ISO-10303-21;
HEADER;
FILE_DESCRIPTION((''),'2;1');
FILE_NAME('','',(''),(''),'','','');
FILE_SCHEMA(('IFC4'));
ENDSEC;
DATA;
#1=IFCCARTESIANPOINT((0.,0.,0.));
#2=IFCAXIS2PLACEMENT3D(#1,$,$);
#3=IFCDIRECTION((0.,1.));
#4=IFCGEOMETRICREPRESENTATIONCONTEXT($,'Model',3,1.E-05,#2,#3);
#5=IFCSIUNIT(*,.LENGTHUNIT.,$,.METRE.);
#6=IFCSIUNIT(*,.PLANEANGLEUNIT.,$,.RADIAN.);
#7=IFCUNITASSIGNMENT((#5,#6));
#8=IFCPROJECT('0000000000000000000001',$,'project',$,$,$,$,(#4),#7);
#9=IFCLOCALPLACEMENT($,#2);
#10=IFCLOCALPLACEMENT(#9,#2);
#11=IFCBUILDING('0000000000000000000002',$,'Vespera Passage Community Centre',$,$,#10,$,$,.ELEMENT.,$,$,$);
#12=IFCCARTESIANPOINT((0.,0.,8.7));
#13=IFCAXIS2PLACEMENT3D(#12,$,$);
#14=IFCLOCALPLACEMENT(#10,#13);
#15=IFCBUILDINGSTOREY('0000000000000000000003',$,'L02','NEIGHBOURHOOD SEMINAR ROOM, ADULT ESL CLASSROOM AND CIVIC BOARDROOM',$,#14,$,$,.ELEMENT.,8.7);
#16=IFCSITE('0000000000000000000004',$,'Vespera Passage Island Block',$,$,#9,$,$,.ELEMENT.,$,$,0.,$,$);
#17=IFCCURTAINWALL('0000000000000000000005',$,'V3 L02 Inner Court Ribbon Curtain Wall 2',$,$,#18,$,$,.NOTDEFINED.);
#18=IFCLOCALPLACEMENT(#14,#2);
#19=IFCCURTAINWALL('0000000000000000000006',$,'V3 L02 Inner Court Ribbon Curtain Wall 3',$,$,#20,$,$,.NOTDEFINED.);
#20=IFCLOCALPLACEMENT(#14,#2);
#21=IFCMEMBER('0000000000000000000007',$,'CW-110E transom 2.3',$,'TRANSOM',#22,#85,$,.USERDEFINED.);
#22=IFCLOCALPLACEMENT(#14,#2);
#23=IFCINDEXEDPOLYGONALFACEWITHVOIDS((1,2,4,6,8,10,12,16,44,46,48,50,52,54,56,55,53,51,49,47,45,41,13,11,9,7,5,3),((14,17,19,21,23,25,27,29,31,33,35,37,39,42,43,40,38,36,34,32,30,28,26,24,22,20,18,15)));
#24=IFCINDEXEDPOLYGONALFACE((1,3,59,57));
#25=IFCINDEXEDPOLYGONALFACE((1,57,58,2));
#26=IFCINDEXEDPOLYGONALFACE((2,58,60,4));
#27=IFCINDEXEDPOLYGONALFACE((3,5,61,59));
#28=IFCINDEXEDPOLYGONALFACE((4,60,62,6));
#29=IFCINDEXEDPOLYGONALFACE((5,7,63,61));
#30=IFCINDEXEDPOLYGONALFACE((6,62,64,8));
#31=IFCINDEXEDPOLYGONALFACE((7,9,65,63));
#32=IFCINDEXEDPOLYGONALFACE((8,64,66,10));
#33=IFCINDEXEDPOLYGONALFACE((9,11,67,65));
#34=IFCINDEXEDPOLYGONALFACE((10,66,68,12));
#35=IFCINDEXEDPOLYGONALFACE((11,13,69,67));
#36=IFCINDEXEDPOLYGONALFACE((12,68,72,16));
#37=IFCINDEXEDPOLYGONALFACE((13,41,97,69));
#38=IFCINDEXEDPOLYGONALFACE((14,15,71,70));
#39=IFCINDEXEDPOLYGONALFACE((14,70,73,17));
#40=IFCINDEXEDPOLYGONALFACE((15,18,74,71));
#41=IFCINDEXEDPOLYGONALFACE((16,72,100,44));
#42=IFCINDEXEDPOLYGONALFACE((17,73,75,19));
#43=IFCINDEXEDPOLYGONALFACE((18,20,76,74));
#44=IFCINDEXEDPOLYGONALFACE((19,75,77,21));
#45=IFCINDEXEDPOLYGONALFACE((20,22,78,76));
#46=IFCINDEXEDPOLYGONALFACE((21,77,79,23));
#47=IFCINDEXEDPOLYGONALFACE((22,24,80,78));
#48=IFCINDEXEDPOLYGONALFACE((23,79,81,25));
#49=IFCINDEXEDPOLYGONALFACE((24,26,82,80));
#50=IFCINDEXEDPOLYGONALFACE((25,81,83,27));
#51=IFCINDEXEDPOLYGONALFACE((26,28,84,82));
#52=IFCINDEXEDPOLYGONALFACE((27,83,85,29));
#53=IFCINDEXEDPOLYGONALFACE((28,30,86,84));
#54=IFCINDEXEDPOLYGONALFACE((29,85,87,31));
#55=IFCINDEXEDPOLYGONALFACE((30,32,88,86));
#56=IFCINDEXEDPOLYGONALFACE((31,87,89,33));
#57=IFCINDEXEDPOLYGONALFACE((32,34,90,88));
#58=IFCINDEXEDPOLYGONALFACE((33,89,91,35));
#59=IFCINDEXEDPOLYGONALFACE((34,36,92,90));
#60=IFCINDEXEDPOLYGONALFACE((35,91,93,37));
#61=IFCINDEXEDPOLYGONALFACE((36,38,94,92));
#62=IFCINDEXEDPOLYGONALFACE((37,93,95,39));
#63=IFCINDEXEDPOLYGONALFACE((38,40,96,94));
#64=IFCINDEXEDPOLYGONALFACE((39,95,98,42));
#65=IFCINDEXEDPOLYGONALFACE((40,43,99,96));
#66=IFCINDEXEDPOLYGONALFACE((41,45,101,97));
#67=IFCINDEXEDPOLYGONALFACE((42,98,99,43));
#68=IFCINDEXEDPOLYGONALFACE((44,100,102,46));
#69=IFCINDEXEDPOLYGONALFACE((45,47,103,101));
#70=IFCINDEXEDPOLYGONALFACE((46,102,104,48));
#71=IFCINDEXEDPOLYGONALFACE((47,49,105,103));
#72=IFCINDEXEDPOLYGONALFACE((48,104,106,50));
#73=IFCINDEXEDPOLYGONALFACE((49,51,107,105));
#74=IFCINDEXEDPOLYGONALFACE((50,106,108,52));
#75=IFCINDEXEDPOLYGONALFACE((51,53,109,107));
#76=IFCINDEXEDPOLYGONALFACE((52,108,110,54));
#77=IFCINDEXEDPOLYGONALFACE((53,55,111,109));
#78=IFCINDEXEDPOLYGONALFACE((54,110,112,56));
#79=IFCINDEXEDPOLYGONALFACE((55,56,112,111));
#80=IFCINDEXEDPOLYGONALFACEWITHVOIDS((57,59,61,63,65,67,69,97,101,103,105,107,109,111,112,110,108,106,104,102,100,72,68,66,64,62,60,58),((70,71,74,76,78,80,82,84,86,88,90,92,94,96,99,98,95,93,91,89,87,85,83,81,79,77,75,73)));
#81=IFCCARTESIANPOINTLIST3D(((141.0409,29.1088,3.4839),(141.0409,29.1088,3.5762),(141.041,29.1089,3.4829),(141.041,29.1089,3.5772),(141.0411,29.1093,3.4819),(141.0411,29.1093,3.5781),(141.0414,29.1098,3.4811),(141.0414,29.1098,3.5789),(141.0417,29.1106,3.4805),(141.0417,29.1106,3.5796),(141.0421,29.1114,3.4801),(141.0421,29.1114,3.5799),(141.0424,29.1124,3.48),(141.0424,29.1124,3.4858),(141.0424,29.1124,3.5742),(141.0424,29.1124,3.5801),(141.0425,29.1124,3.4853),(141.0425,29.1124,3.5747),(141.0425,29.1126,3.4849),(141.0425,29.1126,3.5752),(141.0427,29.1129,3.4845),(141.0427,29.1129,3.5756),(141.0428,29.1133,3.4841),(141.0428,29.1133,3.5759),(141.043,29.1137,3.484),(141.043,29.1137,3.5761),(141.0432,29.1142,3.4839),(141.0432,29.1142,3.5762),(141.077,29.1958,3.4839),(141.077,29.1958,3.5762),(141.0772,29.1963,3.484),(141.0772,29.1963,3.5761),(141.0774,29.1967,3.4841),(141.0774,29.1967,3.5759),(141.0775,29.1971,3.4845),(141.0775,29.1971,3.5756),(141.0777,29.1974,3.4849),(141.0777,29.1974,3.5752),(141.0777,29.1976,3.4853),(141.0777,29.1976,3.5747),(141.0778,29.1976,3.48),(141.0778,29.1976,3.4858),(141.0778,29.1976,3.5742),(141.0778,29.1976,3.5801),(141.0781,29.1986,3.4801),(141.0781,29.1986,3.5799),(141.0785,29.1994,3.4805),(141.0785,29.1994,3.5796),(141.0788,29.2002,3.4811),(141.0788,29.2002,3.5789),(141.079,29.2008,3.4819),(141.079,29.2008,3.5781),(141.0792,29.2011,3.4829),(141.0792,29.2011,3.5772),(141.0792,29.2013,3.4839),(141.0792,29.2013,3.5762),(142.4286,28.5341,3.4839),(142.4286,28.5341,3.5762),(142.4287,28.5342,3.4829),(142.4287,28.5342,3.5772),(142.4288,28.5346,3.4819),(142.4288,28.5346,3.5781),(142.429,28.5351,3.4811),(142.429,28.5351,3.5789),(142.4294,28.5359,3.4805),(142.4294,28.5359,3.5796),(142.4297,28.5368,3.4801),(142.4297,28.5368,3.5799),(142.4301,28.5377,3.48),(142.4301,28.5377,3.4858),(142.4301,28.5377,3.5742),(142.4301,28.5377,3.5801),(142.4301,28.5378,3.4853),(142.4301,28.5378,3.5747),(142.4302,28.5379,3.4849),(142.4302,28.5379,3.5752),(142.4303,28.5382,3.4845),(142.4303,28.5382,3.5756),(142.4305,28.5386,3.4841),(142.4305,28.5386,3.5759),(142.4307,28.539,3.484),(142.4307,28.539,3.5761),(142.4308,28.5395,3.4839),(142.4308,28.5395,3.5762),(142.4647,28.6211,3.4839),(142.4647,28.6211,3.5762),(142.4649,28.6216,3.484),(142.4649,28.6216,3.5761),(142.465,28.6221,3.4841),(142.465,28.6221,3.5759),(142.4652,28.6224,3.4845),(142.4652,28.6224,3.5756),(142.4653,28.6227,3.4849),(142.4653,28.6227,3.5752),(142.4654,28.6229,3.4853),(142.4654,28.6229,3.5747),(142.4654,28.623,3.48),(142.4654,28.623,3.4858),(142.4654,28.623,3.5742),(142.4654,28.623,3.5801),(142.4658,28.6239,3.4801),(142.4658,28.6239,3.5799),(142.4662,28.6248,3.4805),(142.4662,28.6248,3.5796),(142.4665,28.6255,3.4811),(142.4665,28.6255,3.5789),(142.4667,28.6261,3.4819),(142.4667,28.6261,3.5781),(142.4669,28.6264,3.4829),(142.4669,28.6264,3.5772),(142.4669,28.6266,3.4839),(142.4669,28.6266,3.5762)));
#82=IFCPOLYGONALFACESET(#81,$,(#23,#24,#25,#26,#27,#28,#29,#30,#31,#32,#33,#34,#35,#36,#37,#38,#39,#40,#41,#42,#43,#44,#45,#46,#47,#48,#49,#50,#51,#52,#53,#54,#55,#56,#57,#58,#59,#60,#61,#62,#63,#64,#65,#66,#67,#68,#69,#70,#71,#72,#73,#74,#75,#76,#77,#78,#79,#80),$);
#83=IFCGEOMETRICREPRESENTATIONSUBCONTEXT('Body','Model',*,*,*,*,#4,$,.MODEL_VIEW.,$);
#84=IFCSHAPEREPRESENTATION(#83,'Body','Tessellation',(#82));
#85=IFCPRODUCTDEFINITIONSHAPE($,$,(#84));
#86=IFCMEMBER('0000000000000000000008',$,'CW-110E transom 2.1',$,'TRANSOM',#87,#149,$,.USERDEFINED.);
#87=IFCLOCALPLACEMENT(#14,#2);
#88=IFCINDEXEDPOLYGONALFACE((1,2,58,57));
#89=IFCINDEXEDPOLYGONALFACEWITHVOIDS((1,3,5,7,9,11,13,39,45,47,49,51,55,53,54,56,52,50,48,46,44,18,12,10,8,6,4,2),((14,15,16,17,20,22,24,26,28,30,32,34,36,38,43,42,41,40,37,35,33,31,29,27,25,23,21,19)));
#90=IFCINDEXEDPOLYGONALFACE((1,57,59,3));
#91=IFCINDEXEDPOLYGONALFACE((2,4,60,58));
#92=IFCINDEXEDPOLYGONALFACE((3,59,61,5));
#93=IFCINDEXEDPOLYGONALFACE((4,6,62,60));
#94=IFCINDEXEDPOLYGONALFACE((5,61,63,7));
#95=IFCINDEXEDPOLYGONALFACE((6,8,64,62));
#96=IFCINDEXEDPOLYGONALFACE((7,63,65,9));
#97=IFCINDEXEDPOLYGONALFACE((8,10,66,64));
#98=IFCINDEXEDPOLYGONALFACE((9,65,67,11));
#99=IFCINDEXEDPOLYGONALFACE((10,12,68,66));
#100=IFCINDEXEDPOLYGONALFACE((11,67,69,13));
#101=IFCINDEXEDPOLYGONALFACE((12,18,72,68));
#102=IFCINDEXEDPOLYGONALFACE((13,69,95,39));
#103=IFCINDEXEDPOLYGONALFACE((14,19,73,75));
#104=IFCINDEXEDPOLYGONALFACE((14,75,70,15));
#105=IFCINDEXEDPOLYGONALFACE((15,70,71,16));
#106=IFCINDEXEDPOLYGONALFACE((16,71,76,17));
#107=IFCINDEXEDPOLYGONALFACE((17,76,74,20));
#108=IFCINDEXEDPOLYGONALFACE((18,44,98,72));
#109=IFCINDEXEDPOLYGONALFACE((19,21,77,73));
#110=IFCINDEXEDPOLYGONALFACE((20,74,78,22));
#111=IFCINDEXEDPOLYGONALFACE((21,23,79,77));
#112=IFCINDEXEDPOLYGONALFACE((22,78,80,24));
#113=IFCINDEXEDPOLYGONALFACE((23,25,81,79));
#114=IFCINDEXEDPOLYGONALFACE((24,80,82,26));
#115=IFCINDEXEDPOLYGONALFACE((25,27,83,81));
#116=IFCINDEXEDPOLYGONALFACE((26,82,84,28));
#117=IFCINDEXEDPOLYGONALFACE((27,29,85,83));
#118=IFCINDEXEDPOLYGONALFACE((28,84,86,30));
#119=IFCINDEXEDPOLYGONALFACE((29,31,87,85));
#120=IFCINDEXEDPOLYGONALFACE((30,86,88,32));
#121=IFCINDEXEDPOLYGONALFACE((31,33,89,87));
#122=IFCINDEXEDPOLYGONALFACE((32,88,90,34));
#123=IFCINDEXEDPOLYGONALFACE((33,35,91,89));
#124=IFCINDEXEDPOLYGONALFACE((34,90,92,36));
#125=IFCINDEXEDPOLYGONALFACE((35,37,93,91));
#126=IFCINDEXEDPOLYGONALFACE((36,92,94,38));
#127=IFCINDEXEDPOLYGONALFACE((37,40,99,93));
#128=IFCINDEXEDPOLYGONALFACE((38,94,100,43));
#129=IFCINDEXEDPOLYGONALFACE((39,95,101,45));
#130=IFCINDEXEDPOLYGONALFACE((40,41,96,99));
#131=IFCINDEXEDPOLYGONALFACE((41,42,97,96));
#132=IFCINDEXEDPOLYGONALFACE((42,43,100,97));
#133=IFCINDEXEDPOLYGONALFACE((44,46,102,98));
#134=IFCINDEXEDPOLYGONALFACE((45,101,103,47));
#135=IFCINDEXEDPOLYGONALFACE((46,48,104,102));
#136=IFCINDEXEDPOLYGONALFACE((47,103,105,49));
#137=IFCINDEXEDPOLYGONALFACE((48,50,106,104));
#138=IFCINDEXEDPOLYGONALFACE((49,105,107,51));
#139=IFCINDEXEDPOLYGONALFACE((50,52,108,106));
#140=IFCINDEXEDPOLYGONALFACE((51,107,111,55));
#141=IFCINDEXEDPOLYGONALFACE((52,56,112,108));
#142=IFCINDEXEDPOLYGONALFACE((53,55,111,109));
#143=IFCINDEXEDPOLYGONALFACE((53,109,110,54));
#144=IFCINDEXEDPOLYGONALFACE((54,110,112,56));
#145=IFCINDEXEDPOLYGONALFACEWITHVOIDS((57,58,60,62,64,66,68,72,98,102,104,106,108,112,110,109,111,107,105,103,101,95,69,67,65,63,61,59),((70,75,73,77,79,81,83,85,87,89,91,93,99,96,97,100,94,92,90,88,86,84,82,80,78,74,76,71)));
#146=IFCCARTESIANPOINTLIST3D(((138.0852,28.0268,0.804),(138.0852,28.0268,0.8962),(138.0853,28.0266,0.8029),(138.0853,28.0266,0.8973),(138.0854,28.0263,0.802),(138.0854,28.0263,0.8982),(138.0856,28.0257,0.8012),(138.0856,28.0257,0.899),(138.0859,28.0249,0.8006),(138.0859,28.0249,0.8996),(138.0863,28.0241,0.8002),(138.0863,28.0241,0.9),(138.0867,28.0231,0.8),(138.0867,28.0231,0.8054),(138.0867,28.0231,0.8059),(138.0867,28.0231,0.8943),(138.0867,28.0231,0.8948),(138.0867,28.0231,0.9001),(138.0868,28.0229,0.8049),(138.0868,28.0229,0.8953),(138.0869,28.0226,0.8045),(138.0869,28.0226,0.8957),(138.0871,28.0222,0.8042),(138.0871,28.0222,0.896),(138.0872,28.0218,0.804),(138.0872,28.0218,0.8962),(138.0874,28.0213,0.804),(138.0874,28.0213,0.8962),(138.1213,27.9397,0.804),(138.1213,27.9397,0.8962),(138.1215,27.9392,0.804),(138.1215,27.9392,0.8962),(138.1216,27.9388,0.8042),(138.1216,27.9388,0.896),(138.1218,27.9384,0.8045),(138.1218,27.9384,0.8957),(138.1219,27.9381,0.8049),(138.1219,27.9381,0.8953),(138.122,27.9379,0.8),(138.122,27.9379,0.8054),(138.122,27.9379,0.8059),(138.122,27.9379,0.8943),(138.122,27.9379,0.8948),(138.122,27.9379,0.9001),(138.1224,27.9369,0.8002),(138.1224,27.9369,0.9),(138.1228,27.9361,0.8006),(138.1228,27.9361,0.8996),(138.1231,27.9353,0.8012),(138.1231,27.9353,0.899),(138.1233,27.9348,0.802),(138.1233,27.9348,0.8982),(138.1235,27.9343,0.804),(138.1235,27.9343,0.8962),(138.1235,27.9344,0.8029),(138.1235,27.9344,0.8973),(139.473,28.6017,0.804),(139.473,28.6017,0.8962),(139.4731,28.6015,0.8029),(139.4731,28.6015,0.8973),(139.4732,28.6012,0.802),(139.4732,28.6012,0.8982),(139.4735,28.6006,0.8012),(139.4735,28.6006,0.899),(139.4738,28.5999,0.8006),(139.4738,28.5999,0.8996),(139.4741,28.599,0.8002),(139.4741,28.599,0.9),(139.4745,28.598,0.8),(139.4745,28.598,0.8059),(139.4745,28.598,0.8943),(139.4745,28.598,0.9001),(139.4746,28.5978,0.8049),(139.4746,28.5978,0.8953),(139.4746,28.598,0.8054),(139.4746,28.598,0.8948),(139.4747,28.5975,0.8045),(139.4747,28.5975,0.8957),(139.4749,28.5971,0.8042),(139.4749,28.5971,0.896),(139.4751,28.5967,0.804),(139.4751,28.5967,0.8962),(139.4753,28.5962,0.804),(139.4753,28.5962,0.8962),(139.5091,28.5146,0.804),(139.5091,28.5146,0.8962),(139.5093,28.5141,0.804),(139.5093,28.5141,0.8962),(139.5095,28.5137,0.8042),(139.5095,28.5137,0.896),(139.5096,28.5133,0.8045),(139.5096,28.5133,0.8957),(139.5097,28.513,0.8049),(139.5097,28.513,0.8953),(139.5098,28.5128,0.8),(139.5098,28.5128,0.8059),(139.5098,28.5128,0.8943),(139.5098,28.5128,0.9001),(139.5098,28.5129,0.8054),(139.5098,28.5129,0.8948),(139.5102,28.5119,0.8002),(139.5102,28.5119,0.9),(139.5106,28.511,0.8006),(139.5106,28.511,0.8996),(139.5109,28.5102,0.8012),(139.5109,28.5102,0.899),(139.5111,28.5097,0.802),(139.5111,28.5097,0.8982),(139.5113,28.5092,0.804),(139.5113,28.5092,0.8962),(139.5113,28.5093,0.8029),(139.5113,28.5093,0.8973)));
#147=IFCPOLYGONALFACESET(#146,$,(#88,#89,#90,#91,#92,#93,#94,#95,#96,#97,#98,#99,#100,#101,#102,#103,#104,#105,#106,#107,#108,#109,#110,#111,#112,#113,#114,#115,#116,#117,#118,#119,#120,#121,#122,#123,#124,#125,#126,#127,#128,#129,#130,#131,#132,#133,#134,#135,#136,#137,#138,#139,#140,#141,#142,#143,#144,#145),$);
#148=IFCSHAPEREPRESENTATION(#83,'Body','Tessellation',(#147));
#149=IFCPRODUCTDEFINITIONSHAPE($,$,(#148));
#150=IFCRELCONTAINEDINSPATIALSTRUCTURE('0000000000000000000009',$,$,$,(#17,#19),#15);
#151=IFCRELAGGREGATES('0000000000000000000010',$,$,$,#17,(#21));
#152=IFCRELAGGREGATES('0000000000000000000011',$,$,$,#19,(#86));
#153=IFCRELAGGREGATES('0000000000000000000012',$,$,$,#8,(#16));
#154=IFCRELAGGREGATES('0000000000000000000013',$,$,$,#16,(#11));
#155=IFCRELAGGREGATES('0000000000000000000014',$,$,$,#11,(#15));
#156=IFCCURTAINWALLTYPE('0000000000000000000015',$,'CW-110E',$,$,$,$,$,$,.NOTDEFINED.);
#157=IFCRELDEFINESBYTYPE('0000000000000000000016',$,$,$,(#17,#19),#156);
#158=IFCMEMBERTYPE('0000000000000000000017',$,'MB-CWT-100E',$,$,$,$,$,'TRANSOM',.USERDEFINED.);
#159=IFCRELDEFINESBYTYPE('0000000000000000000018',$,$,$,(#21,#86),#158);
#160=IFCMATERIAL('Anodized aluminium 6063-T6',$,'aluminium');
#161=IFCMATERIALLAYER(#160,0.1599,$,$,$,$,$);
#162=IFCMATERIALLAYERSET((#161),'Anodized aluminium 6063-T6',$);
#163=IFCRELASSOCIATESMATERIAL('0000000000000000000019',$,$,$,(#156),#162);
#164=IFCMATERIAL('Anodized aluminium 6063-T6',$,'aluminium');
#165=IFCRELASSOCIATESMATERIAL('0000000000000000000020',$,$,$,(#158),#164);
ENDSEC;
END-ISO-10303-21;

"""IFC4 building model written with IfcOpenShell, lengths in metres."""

from ifc_helpers import new_model, si_unit, direction, frame, origin, origin_2d, place, context, subcontext, project, spatial, hollow_rectangle, extrude, material, layer, layer_set, material_profile, profile_set, type_object, element, aggregate, save


model = new_model("IFC4")

# Units and contexts
model_context = context("Model", 3, precision=1e-05, world=origin(), true_north=direction((0.0, 1.0)))
body_context = subcontext(model_context, "Body", "Model", "MODEL_VIEW")
ifc_project = project(units=[si_unit("LENGTHUNIT", "METRE"), si_unit("PLANEANGLEUNIT", "RADIAN")], contexts=[model_context])

# Site, building, storey
site_placement = place(None, origin())
site = spatial("IfcSite", under=ifc_project, at=site_placement, Name="Vespera Passage Island Block", CompositionType="ELEMENT", RefElevation=0.0)
building_placement = place(site_placement, origin())
building = spatial("IfcBuilding", under=site, at=building_placement, Name="Vespera Passage Community Centre", CompositionType="ELEMENT")
storey_placement = place(building_placement, frame((0.0, 0.0, 8.7)))
storey = spatial("IfcBuildingStorey", under=building, at=storey_placement, Name="L02", Description="NEIGHBOURHOOD SEMINAR ROOM, ADULT ESL CLASSROOM AND CIVIC BOARDROOM", CompositionType="ELEMENT", Elevation=8.7)

# Curtain wall
ifc_material_1 = material(Name="Anodized aluminium 6063-T6", Category="aluminium")
ifc_layer_1 = layer(ifc_material_1, 0.1599)
ifc_layer_set_1 = layer_set([ifc_layer_1], Name="Anodized aluminium 6063-T6")
curtain_wall_type = type_object("IfcCurtainWallType", Name="CW-110E", PredefinedType="NOTDEFINED", material=ifc_layer_set_1)
curtain_wall_1_placement = place(storey_placement, origin())
curtain_wall_1 = element("IfcCurtainWall", 1, at=curtain_wall_1_placement, inside=storey, type_object=curtain_wall_type, Name="V3 L02 Inner Court Ribbon Curtain Wall 2", PredefinedType="NOTDEFINED")

# Curtain wall
curtain_wall_2_placement = place(storey_placement, origin())
curtain_wall_2 = element("IfcCurtainWall", 2, at=curtain_wall_2_placement, inside=storey, type_object=curtain_wall_type, Name="V3 L02 Inner Court Ribbon Curtain Wall 3", PredefinedType="NOTDEFINED")

# Members
ifc_material_2 = material(Name="Anodized aluminium 6063-T6", Category="aluminium")
ifc_material_profile_1 = material_profile(ifc_material_2, hollow_rectangle(XDim=0.1001, YDim=0.1001, WallThickness=0.0039, InnerFilletRadius=0.002, OuterFilletRadius=0.0039, at=origin_2d()), Name="ALU100X100X4")
ifc_profile_set_1 = profile_set([ifc_material_profile_1], Name="Anodized aluminium 6063-T6")
member_type_1 = type_object("IfcMemberType", Name="MB-CWT-100E", ElementType="TRANSOM", PredefinedType="USERDEFINED", material=ifc_profile_set_1)
member_1_placement = place(storey_placement, frame((142.4478, 28.5803, 3.53), z_axis=(-0.923902, 0.382629, 0.0), x_axis=(-0.382629, -0.923902, 0.0)))
member_1 = element("IfcMember", 3, at=member_1_placement, type_object=member_type_1, Name="CW-110E transom 2.3", ObjectType="TRANSOM", PredefinedType="USERDEFINED", context=body_context, shape_type="SweptSolid", body=[
    extrude(hollow_rectangle(XDim=0.1001, YDim=0.1001, WallThickness=0.0039, InnerFilletRadius=0.002, OuterFilletRadius=0.0039, at=origin_2d()), origin(), (0.0, 0.0, 1.0), 1.502),
])
member_2_placement = place(storey_placement, frame((139.4922, 28.5554, 0.8501), z_axis=(-0.923868, -0.382711, 0.0), x_axis=(0.382711, -0.923868, 0.0)))
member_2 = element("IfcMember", 4, at=member_2_placement, type_object=member_type_1, Name="CW-110E transom 2.1", ObjectType="TRANSOM", PredefinedType="USERDEFINED", context=body_context, shape_type="SweptSolid", body=[
    extrude(hollow_rectangle(XDim=0.1001, YDim=0.1001, WallThickness=0.0039, InnerFilletRadius=0.002, OuterFilletRadius=0.0039, at=origin_2d()), origin(), (0.0, 0.0, 1.0), 1.5022),
])

aggregate(curtain_wall_1, [member_1])
aggregate(curtain_wall_2, [member_2])

save(model, "model.ifc")
